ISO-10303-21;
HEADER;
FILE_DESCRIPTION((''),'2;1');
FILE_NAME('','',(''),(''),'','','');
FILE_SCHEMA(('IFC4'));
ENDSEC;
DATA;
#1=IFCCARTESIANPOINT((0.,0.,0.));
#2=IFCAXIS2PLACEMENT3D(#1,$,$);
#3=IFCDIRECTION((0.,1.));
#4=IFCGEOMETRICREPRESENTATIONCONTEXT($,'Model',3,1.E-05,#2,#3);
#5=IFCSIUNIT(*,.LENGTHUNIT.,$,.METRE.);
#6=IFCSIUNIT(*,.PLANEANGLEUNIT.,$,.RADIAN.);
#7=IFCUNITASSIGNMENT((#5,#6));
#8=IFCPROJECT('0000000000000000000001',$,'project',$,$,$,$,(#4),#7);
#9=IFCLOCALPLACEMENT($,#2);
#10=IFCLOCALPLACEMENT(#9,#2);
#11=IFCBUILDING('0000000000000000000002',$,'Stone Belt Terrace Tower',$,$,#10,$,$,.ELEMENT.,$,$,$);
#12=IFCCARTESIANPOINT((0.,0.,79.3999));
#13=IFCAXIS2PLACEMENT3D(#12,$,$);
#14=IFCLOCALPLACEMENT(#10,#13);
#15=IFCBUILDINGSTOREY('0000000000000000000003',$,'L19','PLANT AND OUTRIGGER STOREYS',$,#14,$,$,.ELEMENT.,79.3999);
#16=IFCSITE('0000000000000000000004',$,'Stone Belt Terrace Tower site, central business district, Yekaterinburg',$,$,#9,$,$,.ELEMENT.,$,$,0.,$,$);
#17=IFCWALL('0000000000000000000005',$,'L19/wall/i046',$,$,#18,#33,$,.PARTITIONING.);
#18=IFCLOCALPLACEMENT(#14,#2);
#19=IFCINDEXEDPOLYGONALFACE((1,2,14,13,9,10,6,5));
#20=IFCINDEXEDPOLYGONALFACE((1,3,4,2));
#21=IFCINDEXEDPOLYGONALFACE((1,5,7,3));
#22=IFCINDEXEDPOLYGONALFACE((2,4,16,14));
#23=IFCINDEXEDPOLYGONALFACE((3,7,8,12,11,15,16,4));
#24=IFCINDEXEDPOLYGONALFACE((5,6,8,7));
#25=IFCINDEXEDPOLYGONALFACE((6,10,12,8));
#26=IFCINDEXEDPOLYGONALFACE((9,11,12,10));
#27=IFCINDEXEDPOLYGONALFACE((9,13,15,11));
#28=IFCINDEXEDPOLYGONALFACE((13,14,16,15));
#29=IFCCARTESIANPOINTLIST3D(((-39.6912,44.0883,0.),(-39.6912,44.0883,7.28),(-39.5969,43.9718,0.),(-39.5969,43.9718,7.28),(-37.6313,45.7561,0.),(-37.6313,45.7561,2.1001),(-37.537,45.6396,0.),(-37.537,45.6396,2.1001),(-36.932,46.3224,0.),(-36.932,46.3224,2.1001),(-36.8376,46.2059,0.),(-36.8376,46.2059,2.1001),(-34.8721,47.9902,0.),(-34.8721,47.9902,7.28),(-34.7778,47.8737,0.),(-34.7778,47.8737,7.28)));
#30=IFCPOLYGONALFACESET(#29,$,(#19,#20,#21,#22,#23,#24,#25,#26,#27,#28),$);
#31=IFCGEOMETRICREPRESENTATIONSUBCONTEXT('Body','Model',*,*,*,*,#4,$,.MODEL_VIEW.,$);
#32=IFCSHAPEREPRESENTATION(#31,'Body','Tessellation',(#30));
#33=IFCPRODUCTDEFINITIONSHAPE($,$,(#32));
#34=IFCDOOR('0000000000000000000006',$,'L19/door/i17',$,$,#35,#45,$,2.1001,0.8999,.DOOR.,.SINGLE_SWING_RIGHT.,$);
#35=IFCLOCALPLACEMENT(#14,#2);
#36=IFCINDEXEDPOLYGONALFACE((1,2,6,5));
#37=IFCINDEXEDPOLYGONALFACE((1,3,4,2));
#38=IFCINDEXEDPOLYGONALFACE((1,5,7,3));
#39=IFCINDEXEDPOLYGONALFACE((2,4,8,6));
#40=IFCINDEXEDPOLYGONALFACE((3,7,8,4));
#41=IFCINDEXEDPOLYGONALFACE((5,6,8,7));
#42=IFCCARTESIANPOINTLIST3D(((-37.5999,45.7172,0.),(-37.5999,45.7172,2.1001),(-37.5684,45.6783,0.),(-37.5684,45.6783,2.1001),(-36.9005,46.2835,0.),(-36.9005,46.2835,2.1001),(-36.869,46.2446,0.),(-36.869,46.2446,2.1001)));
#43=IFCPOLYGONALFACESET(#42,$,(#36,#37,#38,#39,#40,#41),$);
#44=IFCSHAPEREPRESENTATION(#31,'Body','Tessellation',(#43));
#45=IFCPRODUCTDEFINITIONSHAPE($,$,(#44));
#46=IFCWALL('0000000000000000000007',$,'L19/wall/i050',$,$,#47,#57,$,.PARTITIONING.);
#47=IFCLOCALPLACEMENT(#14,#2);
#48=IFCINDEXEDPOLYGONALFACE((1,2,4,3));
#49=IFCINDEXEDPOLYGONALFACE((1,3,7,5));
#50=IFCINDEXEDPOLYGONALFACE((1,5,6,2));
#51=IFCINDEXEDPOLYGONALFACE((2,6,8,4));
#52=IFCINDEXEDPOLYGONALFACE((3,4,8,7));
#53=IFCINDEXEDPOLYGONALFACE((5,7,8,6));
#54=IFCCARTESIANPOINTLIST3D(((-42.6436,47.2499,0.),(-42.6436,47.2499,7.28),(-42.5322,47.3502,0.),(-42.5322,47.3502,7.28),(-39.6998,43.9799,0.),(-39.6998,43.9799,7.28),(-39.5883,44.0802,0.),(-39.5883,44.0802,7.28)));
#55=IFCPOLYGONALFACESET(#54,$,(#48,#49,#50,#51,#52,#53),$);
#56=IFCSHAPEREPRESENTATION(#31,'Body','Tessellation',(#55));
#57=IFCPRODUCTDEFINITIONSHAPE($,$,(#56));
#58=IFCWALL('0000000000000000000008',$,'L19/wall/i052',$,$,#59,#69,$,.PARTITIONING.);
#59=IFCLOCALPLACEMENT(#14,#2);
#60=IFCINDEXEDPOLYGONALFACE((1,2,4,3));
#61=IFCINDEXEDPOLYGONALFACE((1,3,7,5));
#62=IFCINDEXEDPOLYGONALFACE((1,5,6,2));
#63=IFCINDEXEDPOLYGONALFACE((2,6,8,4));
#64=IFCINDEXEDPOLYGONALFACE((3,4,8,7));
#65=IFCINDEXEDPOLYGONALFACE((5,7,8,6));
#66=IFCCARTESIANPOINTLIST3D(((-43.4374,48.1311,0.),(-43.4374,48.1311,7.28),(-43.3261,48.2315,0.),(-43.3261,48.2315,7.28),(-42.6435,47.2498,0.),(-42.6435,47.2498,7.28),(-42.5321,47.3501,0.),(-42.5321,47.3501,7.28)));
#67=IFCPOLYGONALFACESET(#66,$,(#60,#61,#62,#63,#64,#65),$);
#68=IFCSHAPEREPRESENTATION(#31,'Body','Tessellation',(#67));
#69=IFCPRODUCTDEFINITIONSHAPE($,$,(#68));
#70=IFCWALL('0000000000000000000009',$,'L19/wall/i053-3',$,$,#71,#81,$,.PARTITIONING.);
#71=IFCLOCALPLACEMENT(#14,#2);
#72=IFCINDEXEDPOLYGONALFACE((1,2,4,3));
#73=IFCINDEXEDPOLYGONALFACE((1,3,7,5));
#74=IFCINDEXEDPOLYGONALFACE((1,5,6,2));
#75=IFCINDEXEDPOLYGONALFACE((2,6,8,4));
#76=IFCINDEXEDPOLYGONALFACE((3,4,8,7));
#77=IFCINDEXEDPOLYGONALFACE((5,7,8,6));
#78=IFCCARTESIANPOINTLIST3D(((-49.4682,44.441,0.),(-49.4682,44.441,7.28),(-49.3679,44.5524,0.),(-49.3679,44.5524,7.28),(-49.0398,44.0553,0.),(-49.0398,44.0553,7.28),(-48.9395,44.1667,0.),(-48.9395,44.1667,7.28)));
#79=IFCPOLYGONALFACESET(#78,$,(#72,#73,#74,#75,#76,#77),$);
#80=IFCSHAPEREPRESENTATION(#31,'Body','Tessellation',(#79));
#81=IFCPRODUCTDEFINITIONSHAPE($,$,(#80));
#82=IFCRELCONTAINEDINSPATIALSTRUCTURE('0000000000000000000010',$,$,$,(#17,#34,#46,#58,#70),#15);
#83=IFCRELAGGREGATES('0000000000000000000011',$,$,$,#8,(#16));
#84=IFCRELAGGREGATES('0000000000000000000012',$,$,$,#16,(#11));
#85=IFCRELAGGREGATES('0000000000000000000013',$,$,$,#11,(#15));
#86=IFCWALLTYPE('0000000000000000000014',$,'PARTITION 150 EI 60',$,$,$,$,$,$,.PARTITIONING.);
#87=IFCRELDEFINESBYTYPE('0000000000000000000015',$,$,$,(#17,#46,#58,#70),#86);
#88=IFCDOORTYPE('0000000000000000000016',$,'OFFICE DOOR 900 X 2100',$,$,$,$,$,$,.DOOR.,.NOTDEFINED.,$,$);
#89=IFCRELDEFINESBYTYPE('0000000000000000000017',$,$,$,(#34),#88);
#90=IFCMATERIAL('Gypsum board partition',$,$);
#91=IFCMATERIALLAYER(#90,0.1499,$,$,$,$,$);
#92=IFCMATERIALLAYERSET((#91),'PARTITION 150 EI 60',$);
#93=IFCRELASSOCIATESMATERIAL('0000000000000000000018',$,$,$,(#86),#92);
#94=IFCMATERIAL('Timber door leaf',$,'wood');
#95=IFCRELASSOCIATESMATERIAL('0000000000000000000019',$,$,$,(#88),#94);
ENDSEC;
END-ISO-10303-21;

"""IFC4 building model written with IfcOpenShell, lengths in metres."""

from ifc_helpers import new_model, si_unit, direction, frame, frame_2d, origin, place, context, subcontext, project, spatial, rectangle, extrude, material, layer, layer_set, type_object, element, fill, save


model = new_model("IFC4")

# Units and contexts
model_context = context("Model", 3, precision=1e-05, world=origin(), true_north=direction((0.0, 1.0)))
body_context = subcontext(model_context, "Body", "Model", "MODEL_VIEW")
ifc_project = project(units=[si_unit("LENGTHUNIT", "METRE"), si_unit("PLANEANGLEUNIT", "RADIAN")], contexts=[model_context])

# Site, building, storey
site_placement = place(None, origin())
site = spatial("IfcSite", under=ifc_project, at=site_placement, Name="Stone Belt Terrace Tower site, central business district, Yekaterinburg", CompositionType="ELEMENT", RefElevation=0.0)
building_placement = place(site_placement, origin())
building = spatial("IfcBuilding", under=site, at=building_placement, Name="Stone Belt Terrace Tower", CompositionType="ELEMENT")
storey_placement = place(building_placement, frame((0.0, 0.0, 79.3999)))
storey = spatial("IfcBuildingStorey", under=building, at=storey_placement, Name="L19", Description="PLANT AND OUTRIGGER STOREYS", CompositionType="ELEMENT", Elevation=79.3999)

# Wall, opening, door
ifc_material_1 = material(Name="Gypsum board partition")
ifc_layer_1 = layer(ifc_material_1, 0.1499)
ifc_layer_set_1 = layer_set([ifc_layer_1], Name="PARTITION 150 EI 60")
wall_type = type_object("IfcWallType", Name="PARTITION 150 EI 60", PredefinedType="PARTITIONING", material=ifc_layer_set_1)
wall_1_placement = place(storey_placement, frame((-39.644, 44.03, 0.0), z_axis=(0.0, 0.0, 1.0), x_axis=(0.777191, 0.629265, 0.0)))
wall_1 = element("IfcWall", 1, at=wall_1_placement, inside=storey, type_object=wall_type, Name="L19/wall/i046", PredefinedType="PARTITIONING", context=body_context, shape_type="SweptSolid", body=[
    extrude(rectangle(XDim=6.2007, YDim=0.1499, at=frame_2d((3.1003, 0.0))), origin(), (0.0, 0.0, 1.0), 7.28),
])
opening_placement = place(wall_1_placement, frame((2.6504, 0.0, 0.0)))
opening = element("IfcOpeningElement", 2, at=opening_placement, cuts=wall_1, PredefinedType="OPENING", context=body_context, shape_type="SweptSolid", body=[
    extrude(rectangle(XDim=0.8999, YDim=2.1001, at=frame_2d((0.45, 1.05))), frame((0.0, 0.085, 0.0), z_axis=(0.0, -1.0, 0.0), x_axis=(1.0, 0.0, 0.0)), (0.0, 0.0, 1.0), 0.1699),
])
ifc_material_2 = material(Name="Timber door leaf", Category="wood")
door_type = type_object("IfcDoorType", Name="OFFICE DOOR 900 X 2100", OperationType="NOTDEFINED", PredefinedType="DOOR", material=ifc_material_2)
door_placement = place(opening_placement, origin())
door = element("IfcDoor", 3, at=door_placement, inside=storey, type_object=door_type, Name="L19/door/i17", OperationType="SINGLE_SWING_RIGHT", OverallHeight=2.1001, OverallWidth=0.8999, PredefinedType="DOOR", context=body_context, shape_type="SweptSolid", body=[
    extrude(rectangle(XDim=0.8999, YDim=2.1001, at=frame_2d((0.45, 1.05))), frame((0.0, 0.0249, 0.0), z_axis=(0.0, -1.0, 0.0), x_axis=(1.0, 0.0, 0.0)), (0.0, 0.0, 1.0), 0.05),
])
fill(opening, door)

# Walls
wall_2_placement = place(storey_placement, frame((-42.5879, 47.3, 0.0), z_axis=(0.0, 0.0, 1.0), x_axis=(0.669069, -0.7432, 0.0)))
element("IfcWall", 4, at=wall_2_placement, inside=storey, type_object=wall_type, Name="L19/wall/i050", PredefinedType="PARTITIONING", context=body_context, shape_type="SweptSolid", body=[
    extrude(rectangle(XDim=4.3999, YDim=0.1499, at=frame_2d((2.2, 0.0))), origin(), (0.0, 0.0, 1.0), 7.28),
])
wall_3_placement = place(storey_placement, frame((-43.3818, 48.1814, 0.0), z_axis=(0.0, 0.0, 1.0), x_axis=(0.669306, -0.742987, 0.0)))
element("IfcWall", 5, at=wall_3_placement, inside=storey, type_object=wall_type, Name="L19/wall/i052", PredefinedType="PARTITIONING", context=body_context, shape_type="SweptSolid", body=[
    extrude(rectangle(XDim=1.1863, YDim=0.1499, at=frame_2d((0.5933, 0.0))), origin(), (0.0, 0.0, 1.0), 7.28),
])
wall_4_placement = place(storey_placement, frame((-48.9897, 44.1111, 0.0), z_axis=(0.0, 0.0, 1.0), x_axis=(-0.743189, 0.669082, 0.0)))
element("IfcWall", 6, at=wall_4_placement, inside=storey, type_object=wall_type, Name="L19/wall/i053-3", PredefinedType="PARTITIONING", context=body_context, shape_type="SweptSolid", body=[
    extrude(rectangle(XDim=0.5764, YDim=0.1499, at=frame_2d((0.2881, 0.0))), origin(), (0.0, 0.0, 1.0), 7.28),
])

save(model, "model.ifc")
